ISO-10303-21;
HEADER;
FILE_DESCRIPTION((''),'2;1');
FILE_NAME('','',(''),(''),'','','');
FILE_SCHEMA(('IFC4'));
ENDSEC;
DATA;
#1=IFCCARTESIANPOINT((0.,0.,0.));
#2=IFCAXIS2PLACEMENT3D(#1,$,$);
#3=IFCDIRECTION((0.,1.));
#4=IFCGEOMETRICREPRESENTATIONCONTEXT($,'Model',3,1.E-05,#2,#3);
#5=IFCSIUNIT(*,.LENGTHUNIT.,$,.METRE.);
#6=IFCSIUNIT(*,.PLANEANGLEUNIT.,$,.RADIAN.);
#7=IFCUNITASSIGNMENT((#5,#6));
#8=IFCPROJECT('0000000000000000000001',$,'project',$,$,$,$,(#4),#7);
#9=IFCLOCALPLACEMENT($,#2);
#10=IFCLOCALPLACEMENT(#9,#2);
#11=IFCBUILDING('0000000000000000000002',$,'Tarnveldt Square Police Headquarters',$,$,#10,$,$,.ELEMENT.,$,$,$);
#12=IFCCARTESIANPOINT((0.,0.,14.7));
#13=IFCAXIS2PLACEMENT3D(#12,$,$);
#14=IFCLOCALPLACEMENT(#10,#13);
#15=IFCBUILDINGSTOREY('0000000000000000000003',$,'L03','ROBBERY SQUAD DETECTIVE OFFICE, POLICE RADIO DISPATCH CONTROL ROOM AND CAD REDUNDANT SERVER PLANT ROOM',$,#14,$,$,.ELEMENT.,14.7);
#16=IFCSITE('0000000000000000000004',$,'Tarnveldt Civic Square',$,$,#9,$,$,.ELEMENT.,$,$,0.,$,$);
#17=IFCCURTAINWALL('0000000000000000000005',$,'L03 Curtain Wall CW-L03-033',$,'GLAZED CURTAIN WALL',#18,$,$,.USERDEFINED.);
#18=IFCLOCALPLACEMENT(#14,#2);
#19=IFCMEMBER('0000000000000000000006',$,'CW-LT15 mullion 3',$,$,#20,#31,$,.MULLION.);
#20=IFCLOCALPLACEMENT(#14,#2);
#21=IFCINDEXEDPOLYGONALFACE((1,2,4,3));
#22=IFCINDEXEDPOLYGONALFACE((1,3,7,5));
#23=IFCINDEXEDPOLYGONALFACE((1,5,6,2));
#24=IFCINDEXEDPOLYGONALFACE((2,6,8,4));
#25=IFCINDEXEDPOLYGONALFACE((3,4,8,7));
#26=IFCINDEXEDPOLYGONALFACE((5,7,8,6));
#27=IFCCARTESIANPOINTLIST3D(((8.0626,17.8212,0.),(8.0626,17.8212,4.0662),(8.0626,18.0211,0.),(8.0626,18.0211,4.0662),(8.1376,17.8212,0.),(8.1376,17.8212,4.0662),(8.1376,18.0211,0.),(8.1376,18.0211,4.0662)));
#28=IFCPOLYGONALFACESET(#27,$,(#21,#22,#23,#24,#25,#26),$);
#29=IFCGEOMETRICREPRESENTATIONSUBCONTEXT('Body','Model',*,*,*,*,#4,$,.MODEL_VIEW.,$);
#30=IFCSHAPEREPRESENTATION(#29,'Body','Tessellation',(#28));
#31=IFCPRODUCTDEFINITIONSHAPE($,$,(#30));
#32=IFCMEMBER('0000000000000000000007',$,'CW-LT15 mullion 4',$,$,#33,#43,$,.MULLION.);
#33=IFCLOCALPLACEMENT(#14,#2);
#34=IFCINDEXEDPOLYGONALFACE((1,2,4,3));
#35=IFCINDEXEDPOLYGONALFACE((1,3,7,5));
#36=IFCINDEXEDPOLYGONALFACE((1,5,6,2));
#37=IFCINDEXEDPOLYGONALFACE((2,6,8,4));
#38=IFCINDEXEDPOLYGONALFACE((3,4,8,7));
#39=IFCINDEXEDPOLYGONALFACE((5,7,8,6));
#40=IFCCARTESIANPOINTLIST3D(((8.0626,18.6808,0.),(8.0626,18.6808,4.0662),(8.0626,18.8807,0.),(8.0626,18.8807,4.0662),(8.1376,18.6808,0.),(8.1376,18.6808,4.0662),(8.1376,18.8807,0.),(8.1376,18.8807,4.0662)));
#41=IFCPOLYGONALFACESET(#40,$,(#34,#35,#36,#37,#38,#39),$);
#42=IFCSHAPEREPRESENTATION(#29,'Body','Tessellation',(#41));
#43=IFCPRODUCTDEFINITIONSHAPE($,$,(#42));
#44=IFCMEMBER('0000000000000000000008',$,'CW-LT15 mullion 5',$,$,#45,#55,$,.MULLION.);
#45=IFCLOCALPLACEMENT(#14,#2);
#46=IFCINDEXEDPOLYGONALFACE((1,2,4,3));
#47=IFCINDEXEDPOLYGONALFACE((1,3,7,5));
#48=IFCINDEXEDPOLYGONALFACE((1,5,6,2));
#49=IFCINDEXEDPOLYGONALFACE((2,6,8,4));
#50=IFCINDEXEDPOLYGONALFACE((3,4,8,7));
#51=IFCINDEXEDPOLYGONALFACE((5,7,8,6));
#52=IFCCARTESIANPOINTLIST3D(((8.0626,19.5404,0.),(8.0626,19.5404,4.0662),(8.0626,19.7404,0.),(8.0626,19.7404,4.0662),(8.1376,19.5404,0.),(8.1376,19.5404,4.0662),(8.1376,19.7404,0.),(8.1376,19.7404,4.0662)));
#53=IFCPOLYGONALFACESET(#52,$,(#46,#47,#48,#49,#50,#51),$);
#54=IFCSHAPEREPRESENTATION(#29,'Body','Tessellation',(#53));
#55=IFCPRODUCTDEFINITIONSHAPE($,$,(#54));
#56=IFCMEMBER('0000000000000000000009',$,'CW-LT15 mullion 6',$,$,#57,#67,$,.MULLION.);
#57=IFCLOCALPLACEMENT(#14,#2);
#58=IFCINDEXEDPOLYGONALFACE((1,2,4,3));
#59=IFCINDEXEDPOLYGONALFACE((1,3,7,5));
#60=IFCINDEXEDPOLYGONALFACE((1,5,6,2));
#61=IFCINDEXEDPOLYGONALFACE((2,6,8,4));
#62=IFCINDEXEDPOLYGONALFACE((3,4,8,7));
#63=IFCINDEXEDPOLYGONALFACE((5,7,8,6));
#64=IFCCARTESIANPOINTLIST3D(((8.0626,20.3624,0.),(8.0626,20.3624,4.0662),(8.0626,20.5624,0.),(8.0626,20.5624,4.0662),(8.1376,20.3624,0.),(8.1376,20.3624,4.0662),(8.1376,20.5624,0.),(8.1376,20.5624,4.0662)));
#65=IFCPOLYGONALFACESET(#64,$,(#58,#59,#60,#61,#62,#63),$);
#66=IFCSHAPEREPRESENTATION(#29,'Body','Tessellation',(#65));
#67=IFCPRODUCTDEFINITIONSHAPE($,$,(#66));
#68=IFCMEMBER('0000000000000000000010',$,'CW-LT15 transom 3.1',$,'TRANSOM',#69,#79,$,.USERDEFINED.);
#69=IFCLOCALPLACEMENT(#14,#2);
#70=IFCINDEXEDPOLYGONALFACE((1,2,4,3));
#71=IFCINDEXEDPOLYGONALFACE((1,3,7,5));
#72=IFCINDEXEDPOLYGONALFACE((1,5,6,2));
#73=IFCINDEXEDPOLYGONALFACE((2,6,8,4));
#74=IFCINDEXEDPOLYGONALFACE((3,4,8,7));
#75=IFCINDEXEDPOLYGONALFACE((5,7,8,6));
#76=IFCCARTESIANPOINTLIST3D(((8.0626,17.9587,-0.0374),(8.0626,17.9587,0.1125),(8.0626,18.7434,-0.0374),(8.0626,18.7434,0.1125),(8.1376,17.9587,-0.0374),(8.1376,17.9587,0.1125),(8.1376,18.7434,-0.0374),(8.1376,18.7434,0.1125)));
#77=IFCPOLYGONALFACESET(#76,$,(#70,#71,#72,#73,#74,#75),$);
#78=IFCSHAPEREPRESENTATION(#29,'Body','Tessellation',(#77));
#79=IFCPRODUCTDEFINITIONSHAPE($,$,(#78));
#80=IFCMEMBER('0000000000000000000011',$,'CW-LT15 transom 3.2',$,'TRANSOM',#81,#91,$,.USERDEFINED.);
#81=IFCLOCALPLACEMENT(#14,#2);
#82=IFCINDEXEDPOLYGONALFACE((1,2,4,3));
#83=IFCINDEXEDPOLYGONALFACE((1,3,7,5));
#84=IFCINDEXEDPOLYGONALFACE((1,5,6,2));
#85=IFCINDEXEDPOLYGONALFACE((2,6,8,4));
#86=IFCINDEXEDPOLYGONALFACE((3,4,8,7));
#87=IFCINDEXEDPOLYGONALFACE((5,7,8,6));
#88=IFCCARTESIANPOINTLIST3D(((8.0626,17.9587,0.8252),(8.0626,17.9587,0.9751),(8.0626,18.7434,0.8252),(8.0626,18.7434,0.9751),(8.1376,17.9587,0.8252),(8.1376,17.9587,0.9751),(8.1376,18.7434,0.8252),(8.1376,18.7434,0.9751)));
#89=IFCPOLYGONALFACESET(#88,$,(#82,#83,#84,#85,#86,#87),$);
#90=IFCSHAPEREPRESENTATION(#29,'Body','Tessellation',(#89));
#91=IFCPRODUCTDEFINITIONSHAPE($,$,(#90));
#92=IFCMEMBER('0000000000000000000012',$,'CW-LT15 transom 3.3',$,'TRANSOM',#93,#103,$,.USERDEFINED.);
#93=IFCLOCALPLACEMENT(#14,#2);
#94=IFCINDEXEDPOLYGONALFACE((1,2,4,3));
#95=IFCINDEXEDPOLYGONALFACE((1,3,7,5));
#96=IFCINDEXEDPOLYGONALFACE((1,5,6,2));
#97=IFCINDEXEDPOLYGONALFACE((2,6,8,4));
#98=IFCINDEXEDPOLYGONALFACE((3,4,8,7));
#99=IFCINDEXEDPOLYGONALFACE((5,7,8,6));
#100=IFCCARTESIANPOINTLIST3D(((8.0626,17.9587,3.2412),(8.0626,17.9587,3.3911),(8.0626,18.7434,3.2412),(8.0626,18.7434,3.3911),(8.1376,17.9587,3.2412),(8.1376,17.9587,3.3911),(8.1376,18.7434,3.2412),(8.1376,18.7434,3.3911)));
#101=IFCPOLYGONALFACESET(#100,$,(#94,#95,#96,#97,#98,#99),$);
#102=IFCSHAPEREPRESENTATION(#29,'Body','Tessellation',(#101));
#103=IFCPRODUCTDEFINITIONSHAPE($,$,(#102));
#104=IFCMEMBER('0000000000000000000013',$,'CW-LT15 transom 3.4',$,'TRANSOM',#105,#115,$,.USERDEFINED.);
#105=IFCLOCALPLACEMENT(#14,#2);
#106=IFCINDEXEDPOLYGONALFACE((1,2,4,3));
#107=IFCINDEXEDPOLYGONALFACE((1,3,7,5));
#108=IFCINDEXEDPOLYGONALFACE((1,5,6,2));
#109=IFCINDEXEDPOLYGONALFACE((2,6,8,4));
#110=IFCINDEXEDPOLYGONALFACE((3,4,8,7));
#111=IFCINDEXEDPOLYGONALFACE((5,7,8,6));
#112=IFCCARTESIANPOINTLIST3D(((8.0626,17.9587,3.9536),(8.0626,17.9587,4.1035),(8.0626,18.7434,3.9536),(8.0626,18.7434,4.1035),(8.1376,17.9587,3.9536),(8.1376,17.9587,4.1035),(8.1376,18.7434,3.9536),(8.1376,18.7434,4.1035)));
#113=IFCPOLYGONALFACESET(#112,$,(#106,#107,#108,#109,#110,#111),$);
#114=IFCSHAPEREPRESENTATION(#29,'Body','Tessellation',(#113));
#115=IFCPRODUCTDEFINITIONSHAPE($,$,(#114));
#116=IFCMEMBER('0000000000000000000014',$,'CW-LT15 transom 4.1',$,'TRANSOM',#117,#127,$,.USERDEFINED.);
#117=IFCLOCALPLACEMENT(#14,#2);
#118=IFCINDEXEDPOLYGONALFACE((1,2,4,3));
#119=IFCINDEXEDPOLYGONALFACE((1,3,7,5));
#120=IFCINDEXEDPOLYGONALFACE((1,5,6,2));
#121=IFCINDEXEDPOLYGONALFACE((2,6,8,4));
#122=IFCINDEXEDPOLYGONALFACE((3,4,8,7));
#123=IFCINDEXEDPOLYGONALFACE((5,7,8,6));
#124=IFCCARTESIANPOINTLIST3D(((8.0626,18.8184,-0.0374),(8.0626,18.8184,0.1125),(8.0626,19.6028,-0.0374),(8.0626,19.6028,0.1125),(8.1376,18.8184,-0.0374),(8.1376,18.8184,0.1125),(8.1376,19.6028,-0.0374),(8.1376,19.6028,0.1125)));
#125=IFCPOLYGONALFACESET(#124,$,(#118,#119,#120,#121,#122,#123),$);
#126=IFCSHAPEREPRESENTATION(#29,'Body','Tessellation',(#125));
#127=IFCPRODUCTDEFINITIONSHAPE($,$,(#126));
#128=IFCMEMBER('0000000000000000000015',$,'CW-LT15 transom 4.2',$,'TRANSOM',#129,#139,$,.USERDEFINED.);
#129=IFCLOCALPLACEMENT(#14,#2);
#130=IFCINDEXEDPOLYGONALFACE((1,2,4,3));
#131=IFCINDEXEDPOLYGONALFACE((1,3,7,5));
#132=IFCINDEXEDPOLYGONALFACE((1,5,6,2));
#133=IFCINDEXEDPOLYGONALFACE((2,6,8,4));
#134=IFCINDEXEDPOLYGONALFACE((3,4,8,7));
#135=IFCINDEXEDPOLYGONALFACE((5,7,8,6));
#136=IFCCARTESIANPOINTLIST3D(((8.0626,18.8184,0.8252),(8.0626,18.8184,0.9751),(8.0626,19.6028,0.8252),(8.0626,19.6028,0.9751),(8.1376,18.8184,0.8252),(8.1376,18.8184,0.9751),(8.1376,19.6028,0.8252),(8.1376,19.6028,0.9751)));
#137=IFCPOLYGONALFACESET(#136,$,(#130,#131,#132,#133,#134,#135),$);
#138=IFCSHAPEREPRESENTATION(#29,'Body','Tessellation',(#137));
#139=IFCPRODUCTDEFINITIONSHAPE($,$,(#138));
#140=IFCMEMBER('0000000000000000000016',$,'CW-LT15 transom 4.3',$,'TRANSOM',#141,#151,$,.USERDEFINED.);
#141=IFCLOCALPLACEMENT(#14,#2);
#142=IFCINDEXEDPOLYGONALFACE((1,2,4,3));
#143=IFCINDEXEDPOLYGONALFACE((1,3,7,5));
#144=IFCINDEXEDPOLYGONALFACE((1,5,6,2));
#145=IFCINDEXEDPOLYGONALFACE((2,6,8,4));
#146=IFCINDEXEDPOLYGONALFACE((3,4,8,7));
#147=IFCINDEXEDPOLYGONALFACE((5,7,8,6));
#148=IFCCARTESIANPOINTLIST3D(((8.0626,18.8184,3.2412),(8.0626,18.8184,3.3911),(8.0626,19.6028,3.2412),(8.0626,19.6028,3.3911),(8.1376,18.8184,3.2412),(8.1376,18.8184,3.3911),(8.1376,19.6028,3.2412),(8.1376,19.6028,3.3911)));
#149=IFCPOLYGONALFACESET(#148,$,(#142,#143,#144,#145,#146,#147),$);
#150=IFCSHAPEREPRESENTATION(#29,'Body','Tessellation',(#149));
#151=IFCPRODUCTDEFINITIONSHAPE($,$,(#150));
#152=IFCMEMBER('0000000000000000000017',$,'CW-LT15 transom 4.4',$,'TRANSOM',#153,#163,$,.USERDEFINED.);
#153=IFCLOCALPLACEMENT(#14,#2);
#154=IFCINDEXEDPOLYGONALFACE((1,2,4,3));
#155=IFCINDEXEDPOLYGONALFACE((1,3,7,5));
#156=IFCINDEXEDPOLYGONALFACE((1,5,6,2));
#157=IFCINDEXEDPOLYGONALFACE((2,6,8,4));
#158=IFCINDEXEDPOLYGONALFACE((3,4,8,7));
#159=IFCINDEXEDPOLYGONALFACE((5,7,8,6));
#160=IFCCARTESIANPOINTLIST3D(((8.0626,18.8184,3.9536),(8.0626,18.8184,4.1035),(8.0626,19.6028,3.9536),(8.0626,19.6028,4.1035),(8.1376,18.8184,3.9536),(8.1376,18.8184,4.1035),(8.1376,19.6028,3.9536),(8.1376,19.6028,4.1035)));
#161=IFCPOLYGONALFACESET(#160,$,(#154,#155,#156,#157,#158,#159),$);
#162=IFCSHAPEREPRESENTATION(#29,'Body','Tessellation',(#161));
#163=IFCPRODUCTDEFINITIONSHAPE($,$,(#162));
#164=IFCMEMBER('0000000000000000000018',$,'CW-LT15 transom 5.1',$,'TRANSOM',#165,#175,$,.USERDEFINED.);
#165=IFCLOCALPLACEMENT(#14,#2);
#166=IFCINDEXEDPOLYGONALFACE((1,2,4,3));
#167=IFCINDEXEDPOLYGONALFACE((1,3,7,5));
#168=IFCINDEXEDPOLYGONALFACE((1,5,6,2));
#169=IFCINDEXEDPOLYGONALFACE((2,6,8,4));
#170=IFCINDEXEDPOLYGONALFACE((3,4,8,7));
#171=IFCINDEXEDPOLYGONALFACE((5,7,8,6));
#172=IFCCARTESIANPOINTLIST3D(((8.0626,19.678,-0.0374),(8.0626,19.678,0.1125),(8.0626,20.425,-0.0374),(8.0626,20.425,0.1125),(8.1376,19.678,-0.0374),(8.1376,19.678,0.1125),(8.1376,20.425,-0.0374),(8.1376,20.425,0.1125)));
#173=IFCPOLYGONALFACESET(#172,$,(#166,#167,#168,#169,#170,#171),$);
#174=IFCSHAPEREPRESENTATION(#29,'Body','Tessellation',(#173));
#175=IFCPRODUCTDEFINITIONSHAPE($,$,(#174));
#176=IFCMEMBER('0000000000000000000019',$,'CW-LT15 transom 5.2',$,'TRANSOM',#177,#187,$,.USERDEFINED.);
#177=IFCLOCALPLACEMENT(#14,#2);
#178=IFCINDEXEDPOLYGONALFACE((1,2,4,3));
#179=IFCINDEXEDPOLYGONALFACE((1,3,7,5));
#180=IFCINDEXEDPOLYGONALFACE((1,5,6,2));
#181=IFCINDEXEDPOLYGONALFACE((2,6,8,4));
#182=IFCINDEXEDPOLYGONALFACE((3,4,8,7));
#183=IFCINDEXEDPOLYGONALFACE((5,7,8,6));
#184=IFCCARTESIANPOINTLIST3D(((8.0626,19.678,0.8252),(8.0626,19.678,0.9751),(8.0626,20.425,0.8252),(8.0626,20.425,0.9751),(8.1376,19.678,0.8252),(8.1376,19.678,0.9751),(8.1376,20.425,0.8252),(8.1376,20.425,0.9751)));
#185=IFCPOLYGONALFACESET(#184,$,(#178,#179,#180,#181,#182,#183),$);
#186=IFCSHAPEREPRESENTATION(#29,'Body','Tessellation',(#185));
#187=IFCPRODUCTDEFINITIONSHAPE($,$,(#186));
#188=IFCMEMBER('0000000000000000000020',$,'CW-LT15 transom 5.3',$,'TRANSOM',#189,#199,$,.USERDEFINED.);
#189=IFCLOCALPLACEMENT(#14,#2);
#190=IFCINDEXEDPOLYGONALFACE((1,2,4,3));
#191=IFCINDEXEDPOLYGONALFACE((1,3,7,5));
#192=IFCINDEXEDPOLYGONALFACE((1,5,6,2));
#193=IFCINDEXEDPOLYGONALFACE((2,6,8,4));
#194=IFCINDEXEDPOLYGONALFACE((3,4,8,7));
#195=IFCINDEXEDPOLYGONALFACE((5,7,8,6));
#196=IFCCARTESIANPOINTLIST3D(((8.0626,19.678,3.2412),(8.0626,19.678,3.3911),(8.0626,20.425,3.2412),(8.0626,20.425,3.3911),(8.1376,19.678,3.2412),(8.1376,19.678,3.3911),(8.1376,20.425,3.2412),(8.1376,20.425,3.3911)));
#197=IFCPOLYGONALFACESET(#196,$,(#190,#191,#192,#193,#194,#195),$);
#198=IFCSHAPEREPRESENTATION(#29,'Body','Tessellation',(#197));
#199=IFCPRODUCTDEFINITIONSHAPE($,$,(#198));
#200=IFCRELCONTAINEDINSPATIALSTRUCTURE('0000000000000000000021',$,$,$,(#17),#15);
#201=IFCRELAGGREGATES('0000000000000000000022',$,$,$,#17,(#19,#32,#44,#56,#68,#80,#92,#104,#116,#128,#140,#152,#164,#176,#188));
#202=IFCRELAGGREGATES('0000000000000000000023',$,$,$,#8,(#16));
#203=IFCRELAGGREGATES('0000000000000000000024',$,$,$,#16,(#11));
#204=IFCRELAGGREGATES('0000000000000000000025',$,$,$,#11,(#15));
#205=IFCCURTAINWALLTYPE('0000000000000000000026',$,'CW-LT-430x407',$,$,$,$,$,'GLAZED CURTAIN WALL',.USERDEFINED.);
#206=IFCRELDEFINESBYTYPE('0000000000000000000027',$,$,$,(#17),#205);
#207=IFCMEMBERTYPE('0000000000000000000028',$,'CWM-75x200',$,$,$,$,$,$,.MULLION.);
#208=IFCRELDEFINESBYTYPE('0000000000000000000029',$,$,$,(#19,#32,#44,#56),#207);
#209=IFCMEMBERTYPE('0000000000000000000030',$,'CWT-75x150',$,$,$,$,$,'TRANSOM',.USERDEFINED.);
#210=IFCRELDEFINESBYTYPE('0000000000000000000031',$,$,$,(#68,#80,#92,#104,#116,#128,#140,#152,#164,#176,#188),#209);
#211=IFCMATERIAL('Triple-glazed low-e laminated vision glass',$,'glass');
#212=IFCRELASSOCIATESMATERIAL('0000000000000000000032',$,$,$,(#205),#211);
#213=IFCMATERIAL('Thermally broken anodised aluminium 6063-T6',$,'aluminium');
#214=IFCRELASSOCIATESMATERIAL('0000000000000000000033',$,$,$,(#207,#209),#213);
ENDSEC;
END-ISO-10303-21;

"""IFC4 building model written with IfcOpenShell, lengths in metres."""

from ifc_helpers import new_model, si_unit, direction, frame, origin, origin_2d, place, context, subcontext, project, spatial, rectangle, extrude, material, material_profile, profile_set, type_object, element, aggregate, save


model = new_model("IFC4")

# Units and contexts
model_context = context("Model", 3, precision=1e-05, world=origin(), true_north=direction((0.0, 1.0)))
body_context = subcontext(model_context, "Body", "Model", "MODEL_VIEW")
ifc_project = project(units=[si_unit("LENGTHUNIT", "METRE"), si_unit("PLANEANGLEUNIT", "RADIAN")], contexts=[model_context])

# Site, building, storey
site_placement = place(None, origin())
site = spatial("IfcSite", under=ifc_project, at=site_placement, Name="Tarnveldt Civic Square", CompositionType="ELEMENT", RefElevation=0.0)
building_placement = place(site_placement, origin())
building = spatial("IfcBuilding", under=site, at=building_placement, Name="Tarnveldt Square Police Headquarters", CompositionType="ELEMENT")
storey_placement = place(building_placement, frame((0.0, 0.0, 14.7)))
storey = spatial("IfcBuildingStorey", under=building, at=storey_placement, Name="L03", Description="ROBBERY SQUAD DETECTIVE OFFICE, POLICE RADIO DISPATCH CONTROL ROOM AND CAD REDUNDANT SERVER PLANT ROOM", CompositionType="ELEMENT", Elevation=14.7)

# Curtain wall, members
ifc_material_1 = material(Name="Triple-glazed low-e laminated vision glass", Category="glass")
curtain_wall_type = type_object("IfcCurtainWallType", Name="CW-LT-430x407", ElementType="GLAZED CURTAIN WALL", PredefinedType="USERDEFINED", material=ifc_material_1)
curtain_wall_placement = place(storey_placement, origin())
curtain_wall = element("IfcCurtainWall", 1, at=curtain_wall_placement, inside=storey, type_object=curtain_wall_type, Name="L03 Curtain Wall CW-L03-033", ObjectType="GLAZED CURTAIN WALL", PredefinedType="USERDEFINED")
ifc_material_2 = material(Name="Thermally broken anodised aluminium 6063-T6", Category="aluminium")
ifc_material_profile_1 = material_profile(ifc_material_2, rectangle(XDim=0.075, YDim=0.2, at=origin_2d()), Name="CW-M75x200")
ifc_profile_set_1 = profile_set([ifc_material_profile_1], Name="Thermally broken anodised aluminium 6063-T6")
member_type_1 = type_object("IfcMemberType", Name="CWM-75x200", PredefinedType="MULLION", material=ifc_profile_set_1)
member_1_placement = place(storey_placement, frame((8.1001, 17.9211, 0.0), z_axis=(0.0, 0.0, 1.0), x_axis=(-1.0, 0.0, 0.0)))
member_1 = element("IfcMember", 2, at=member_1_placement, type_object=member_type_1, Name="CW-LT15 mullion 3", PredefinedType="MULLION", context=body_context, shape_type="SweptSolid", body=[
    extrude(rectangle(XDim=0.075, YDim=0.2, at=origin_2d()), origin(), (0.0, 0.0, 1.0), 4.0662),
])
member_2_placement = place(storey_placement, frame((8.1001, 18.7808, 0.0), z_axis=(0.0, 0.0, 1.0), x_axis=(-1.0, 0.0, 0.0)))
member_2 = element("IfcMember", 3, at=member_2_placement, type_object=member_type_1, Name="CW-LT15 mullion 4", PredefinedType="MULLION", context=body_context, shape_type="SweptSolid", body=[
    extrude(rectangle(XDim=0.075, YDim=0.2, at=origin_2d()), origin(), (0.0, 0.0, 1.0), 4.0662),
])
member_3_placement = place(storey_placement, frame((8.1001, 19.6404, 0.0), z_axis=(0.0, 0.0, 1.0), x_axis=(-1.0, 0.0, 0.0)))
member_3 = element("IfcMember", 4, at=member_3_placement, type_object=member_type_1, Name="CW-LT15 mullion 5", PredefinedType="MULLION", context=body_context, shape_type="SweptSolid", body=[
    extrude(rectangle(XDim=0.075, YDim=0.2, at=origin_2d()), origin(), (0.0, 0.0, 1.0), 4.0662),
])
member_4_placement = place(storey_placement, frame((8.1001, 20.4624, 0.0), z_axis=(0.0, 0.0, 1.0), x_axis=(-1.0, 0.0, 0.0)))
member_4 = element("IfcMember", 5, at=member_4_placement, type_object=member_type_1, Name="CW-LT15 mullion 6", PredefinedType="MULLION", context=body_context, shape_type="SweptSolid", body=[
    extrude(rectangle(XDim=0.075, YDim=0.2, at=origin_2d()), origin(), (0.0, 0.0, 1.0), 4.0662),
])
ifc_material_profile_2 = material_profile(ifc_material_2, rectangle(XDim=0.075, YDim=0.1499, at=origin_2d()), Name="CW-T75x150")
ifc_profile_set_2 = profile_set([ifc_material_profile_2], Name="Thermally broken anodised aluminium 6063-T6")
member_type_2 = type_object("IfcMemberType", Name="CWT-75x150", ElementType="TRANSOM", PredefinedType="USERDEFINED", material=ifc_profile_set_2)
member_5_placement = place(storey_placement, frame((8.1001, 17.9587, 0.0376), z_axis=(0.0, 1.0, 0.0), x_axis=(-1.0, 0.0, 0.0)))
member_5 = element("IfcMember", 6, at=member_5_placement, type_object=member_type_2, Name="CW-LT15 transom 3.1", ObjectType="TRANSOM", PredefinedType="USERDEFINED", context=body_context, shape_type="SweptSolid", body=[
    extrude(rectangle(XDim=0.075, YDim=0.1499, at=origin_2d()), origin(), (0.0, 0.0, 1.0), 0.7847),
])
member_6_placement = place(storey_placement, frame((8.1001, 17.9587, 0.9001), z_axis=(0.0, 1.0, 0.0), x_axis=(-1.0, 0.0, 0.0)))
member_6 = element("IfcMember", 7, at=member_6_placement, type_object=member_type_2, Name="CW-LT15 transom 3.2", ObjectType="TRANSOM", PredefinedType="USERDEFINED", context=body_context, shape_type="SweptSolid", body=[
    extrude(rectangle(XDim=0.075, YDim=0.1499, at=origin_2d()), origin(), (0.0, 0.0, 1.0), 0.7847),
])
member_7_placement = place(storey_placement, frame((8.1001, 17.9587, 3.3162), z_axis=(0.0, 1.0, 0.0), x_axis=(-1.0, 0.0, 0.0)))
member_7 = element("IfcMember", 8, at=member_7_placement, type_object=member_type_2, Name="CW-LT15 transom 3.3", ObjectType="TRANSOM", PredefinedType="USERDEFINED", context=body_context, shape_type="SweptSolid", body=[
    extrude(rectangle(XDim=0.075, YDim=0.1499, at=origin_2d()), origin(), (0.0, 0.0, 1.0), 0.7847),
])
member_8_placement = place(storey_placement, frame((8.1001, 17.9587, 4.0286), z_axis=(0.0, 1.0, 0.0), x_axis=(-1.0, 0.0, 0.0)))
member_8 = element("IfcMember", 9, at=member_8_placement, type_object=member_type_2, Name="CW-LT15 transom 3.4", ObjectType="TRANSOM", PredefinedType="USERDEFINED", context=body_context, shape_type="SweptSolid", body=[
    extrude(rectangle(XDim=0.075, YDim=0.1499, at=origin_2d()), origin(), (0.0, 0.0, 1.0), 0.7847),
])
member_9_placement = place(storey_placement, frame((8.1001, 18.8184, 0.0376), z_axis=(0.0, 1.0, 0.0), x_axis=(-1.0, 0.0, 0.0)))
member_9 = element("IfcMember", 10, at=member_9_placement, type_object=member_type_2, Name="CW-LT15 transom 4.1", ObjectType="TRANSOM", PredefinedType="USERDEFINED", context=body_context, shape_type="SweptSolid", body=[
    extrude(rectangle(XDim=0.075, YDim=0.1499, at=origin_2d()), origin(), (0.0, 0.0, 1.0), 0.7844),
])
member_10_placement = place(storey_placement, frame((8.1001, 18.8184, 0.9001), z_axis=(0.0, 1.0, 0.0), x_axis=(-1.0, 0.0, 0.0)))
member_10 = element("IfcMember", 11, at=member_10_placement, type_object=member_type_2, Name="CW-LT15 transom 4.2", ObjectType="TRANSOM", PredefinedType="USERDEFINED", context=body_context, shape_type="SweptSolid", body=[
    extrude(rectangle(XDim=0.075, YDim=0.1499, at=origin_2d()), origin(), (0.0, 0.0, 1.0), 0.7844),
])
member_11_placement = place(storey_placement, frame((8.1001, 18.8184, 3.3162), z_axis=(0.0, 1.0, 0.0), x_axis=(-1.0, 0.0, 0.0)))
member_11 = element("IfcMember", 12, at=member_11_placement, type_object=member_type_2, Name="CW-LT15 transom 4.3", ObjectType="TRANSOM", PredefinedType="USERDEFINED", context=body_context, shape_type="SweptSolid", body=[
    extrude(rectangle(XDim=0.075, YDim=0.1499, at=origin_2d()), origin(), (0.0, 0.0, 1.0), 0.7844),
])
member_12_placement = place(storey_placement, frame((8.1001, 18.8184, 4.0286), z_axis=(0.0, 1.0, 0.0), x_axis=(-1.0, 0.0, 0.0)))
member_12 = element("IfcMember", 13, at=member_12_placement, type_object=member_type_2, Name="CW-LT15 transom 4.4", ObjectType="TRANSOM", PredefinedType="USERDEFINED", context=body_context, shape_type="SweptSolid", body=[
    extrude(rectangle(XDim=0.075, YDim=0.1499, at=origin_2d()), origin(), (0.0, 0.0, 1.0), 0.7844),
])
member_13_placement = place(storey_placement, frame((8.1001, 19.678, 0.0376), z_axis=(0.0, 1.0, 0.0), x_axis=(-1.0, 0.0, 0.0)))
member_13 = element("IfcMember", 14, at=member_13_placement, type_object=member_type_2, Name="CW-LT15 transom 5.1", ObjectType="TRANSOM", PredefinedType="USERDEFINED", context=body_context, shape_type="SweptSolid", body=[
    extrude(rectangle(XDim=0.075, YDim=0.1499, at=origin_2d()), origin(), (0.0, 0.0, 1.0), 0.7471),
])
member_14_placement = place(storey_placement, frame((8.1001, 19.678, 0.9001), z_axis=(0.0, 1.0, 0.0), x_axis=(-1.0, 0.0, 0.0)))
member_14 = element("IfcMember", 15, at=member_14_placement, type_object=member_type_2, Name="CW-LT15 transom 5.2", ObjectType="TRANSOM", PredefinedType="USERDEFINED", context=body_context, shape_type="SweptSolid", body=[
    extrude(rectangle(XDim=0.075, YDim=0.1499, at=origin_2d()), origin(), (0.0, 0.0, 1.0), 0.7471),
])
member_15_placement = place(storey_placement, frame((8.1001, 19.678, 3.3162), z_axis=(0.0, 1.0, 0.0), x_axis=(-1.0, 0.0, 0.0)))
member_15 = element("IfcMember", 16, at=member_15_placement, type_object=member_type_2, Name="CW-LT15 transom 5.3", ObjectType="TRANSOM", PredefinedType="USERDEFINED", context=body_context, shape_type="SweptSolid", body=[
    extrude(rectangle(XDim=0.075, YDim=0.1499, at=origin_2d()), origin(), (0.0, 0.0, 1.0), 0.7471),
])

aggregate(curtain_wall, [member_1, member_2, member_3, member_4, member_5, member_6, member_7, member_8, member_9, member_10, member_11, member_12, member_13, member_14, member_15])

save(model, "model.ifc")
